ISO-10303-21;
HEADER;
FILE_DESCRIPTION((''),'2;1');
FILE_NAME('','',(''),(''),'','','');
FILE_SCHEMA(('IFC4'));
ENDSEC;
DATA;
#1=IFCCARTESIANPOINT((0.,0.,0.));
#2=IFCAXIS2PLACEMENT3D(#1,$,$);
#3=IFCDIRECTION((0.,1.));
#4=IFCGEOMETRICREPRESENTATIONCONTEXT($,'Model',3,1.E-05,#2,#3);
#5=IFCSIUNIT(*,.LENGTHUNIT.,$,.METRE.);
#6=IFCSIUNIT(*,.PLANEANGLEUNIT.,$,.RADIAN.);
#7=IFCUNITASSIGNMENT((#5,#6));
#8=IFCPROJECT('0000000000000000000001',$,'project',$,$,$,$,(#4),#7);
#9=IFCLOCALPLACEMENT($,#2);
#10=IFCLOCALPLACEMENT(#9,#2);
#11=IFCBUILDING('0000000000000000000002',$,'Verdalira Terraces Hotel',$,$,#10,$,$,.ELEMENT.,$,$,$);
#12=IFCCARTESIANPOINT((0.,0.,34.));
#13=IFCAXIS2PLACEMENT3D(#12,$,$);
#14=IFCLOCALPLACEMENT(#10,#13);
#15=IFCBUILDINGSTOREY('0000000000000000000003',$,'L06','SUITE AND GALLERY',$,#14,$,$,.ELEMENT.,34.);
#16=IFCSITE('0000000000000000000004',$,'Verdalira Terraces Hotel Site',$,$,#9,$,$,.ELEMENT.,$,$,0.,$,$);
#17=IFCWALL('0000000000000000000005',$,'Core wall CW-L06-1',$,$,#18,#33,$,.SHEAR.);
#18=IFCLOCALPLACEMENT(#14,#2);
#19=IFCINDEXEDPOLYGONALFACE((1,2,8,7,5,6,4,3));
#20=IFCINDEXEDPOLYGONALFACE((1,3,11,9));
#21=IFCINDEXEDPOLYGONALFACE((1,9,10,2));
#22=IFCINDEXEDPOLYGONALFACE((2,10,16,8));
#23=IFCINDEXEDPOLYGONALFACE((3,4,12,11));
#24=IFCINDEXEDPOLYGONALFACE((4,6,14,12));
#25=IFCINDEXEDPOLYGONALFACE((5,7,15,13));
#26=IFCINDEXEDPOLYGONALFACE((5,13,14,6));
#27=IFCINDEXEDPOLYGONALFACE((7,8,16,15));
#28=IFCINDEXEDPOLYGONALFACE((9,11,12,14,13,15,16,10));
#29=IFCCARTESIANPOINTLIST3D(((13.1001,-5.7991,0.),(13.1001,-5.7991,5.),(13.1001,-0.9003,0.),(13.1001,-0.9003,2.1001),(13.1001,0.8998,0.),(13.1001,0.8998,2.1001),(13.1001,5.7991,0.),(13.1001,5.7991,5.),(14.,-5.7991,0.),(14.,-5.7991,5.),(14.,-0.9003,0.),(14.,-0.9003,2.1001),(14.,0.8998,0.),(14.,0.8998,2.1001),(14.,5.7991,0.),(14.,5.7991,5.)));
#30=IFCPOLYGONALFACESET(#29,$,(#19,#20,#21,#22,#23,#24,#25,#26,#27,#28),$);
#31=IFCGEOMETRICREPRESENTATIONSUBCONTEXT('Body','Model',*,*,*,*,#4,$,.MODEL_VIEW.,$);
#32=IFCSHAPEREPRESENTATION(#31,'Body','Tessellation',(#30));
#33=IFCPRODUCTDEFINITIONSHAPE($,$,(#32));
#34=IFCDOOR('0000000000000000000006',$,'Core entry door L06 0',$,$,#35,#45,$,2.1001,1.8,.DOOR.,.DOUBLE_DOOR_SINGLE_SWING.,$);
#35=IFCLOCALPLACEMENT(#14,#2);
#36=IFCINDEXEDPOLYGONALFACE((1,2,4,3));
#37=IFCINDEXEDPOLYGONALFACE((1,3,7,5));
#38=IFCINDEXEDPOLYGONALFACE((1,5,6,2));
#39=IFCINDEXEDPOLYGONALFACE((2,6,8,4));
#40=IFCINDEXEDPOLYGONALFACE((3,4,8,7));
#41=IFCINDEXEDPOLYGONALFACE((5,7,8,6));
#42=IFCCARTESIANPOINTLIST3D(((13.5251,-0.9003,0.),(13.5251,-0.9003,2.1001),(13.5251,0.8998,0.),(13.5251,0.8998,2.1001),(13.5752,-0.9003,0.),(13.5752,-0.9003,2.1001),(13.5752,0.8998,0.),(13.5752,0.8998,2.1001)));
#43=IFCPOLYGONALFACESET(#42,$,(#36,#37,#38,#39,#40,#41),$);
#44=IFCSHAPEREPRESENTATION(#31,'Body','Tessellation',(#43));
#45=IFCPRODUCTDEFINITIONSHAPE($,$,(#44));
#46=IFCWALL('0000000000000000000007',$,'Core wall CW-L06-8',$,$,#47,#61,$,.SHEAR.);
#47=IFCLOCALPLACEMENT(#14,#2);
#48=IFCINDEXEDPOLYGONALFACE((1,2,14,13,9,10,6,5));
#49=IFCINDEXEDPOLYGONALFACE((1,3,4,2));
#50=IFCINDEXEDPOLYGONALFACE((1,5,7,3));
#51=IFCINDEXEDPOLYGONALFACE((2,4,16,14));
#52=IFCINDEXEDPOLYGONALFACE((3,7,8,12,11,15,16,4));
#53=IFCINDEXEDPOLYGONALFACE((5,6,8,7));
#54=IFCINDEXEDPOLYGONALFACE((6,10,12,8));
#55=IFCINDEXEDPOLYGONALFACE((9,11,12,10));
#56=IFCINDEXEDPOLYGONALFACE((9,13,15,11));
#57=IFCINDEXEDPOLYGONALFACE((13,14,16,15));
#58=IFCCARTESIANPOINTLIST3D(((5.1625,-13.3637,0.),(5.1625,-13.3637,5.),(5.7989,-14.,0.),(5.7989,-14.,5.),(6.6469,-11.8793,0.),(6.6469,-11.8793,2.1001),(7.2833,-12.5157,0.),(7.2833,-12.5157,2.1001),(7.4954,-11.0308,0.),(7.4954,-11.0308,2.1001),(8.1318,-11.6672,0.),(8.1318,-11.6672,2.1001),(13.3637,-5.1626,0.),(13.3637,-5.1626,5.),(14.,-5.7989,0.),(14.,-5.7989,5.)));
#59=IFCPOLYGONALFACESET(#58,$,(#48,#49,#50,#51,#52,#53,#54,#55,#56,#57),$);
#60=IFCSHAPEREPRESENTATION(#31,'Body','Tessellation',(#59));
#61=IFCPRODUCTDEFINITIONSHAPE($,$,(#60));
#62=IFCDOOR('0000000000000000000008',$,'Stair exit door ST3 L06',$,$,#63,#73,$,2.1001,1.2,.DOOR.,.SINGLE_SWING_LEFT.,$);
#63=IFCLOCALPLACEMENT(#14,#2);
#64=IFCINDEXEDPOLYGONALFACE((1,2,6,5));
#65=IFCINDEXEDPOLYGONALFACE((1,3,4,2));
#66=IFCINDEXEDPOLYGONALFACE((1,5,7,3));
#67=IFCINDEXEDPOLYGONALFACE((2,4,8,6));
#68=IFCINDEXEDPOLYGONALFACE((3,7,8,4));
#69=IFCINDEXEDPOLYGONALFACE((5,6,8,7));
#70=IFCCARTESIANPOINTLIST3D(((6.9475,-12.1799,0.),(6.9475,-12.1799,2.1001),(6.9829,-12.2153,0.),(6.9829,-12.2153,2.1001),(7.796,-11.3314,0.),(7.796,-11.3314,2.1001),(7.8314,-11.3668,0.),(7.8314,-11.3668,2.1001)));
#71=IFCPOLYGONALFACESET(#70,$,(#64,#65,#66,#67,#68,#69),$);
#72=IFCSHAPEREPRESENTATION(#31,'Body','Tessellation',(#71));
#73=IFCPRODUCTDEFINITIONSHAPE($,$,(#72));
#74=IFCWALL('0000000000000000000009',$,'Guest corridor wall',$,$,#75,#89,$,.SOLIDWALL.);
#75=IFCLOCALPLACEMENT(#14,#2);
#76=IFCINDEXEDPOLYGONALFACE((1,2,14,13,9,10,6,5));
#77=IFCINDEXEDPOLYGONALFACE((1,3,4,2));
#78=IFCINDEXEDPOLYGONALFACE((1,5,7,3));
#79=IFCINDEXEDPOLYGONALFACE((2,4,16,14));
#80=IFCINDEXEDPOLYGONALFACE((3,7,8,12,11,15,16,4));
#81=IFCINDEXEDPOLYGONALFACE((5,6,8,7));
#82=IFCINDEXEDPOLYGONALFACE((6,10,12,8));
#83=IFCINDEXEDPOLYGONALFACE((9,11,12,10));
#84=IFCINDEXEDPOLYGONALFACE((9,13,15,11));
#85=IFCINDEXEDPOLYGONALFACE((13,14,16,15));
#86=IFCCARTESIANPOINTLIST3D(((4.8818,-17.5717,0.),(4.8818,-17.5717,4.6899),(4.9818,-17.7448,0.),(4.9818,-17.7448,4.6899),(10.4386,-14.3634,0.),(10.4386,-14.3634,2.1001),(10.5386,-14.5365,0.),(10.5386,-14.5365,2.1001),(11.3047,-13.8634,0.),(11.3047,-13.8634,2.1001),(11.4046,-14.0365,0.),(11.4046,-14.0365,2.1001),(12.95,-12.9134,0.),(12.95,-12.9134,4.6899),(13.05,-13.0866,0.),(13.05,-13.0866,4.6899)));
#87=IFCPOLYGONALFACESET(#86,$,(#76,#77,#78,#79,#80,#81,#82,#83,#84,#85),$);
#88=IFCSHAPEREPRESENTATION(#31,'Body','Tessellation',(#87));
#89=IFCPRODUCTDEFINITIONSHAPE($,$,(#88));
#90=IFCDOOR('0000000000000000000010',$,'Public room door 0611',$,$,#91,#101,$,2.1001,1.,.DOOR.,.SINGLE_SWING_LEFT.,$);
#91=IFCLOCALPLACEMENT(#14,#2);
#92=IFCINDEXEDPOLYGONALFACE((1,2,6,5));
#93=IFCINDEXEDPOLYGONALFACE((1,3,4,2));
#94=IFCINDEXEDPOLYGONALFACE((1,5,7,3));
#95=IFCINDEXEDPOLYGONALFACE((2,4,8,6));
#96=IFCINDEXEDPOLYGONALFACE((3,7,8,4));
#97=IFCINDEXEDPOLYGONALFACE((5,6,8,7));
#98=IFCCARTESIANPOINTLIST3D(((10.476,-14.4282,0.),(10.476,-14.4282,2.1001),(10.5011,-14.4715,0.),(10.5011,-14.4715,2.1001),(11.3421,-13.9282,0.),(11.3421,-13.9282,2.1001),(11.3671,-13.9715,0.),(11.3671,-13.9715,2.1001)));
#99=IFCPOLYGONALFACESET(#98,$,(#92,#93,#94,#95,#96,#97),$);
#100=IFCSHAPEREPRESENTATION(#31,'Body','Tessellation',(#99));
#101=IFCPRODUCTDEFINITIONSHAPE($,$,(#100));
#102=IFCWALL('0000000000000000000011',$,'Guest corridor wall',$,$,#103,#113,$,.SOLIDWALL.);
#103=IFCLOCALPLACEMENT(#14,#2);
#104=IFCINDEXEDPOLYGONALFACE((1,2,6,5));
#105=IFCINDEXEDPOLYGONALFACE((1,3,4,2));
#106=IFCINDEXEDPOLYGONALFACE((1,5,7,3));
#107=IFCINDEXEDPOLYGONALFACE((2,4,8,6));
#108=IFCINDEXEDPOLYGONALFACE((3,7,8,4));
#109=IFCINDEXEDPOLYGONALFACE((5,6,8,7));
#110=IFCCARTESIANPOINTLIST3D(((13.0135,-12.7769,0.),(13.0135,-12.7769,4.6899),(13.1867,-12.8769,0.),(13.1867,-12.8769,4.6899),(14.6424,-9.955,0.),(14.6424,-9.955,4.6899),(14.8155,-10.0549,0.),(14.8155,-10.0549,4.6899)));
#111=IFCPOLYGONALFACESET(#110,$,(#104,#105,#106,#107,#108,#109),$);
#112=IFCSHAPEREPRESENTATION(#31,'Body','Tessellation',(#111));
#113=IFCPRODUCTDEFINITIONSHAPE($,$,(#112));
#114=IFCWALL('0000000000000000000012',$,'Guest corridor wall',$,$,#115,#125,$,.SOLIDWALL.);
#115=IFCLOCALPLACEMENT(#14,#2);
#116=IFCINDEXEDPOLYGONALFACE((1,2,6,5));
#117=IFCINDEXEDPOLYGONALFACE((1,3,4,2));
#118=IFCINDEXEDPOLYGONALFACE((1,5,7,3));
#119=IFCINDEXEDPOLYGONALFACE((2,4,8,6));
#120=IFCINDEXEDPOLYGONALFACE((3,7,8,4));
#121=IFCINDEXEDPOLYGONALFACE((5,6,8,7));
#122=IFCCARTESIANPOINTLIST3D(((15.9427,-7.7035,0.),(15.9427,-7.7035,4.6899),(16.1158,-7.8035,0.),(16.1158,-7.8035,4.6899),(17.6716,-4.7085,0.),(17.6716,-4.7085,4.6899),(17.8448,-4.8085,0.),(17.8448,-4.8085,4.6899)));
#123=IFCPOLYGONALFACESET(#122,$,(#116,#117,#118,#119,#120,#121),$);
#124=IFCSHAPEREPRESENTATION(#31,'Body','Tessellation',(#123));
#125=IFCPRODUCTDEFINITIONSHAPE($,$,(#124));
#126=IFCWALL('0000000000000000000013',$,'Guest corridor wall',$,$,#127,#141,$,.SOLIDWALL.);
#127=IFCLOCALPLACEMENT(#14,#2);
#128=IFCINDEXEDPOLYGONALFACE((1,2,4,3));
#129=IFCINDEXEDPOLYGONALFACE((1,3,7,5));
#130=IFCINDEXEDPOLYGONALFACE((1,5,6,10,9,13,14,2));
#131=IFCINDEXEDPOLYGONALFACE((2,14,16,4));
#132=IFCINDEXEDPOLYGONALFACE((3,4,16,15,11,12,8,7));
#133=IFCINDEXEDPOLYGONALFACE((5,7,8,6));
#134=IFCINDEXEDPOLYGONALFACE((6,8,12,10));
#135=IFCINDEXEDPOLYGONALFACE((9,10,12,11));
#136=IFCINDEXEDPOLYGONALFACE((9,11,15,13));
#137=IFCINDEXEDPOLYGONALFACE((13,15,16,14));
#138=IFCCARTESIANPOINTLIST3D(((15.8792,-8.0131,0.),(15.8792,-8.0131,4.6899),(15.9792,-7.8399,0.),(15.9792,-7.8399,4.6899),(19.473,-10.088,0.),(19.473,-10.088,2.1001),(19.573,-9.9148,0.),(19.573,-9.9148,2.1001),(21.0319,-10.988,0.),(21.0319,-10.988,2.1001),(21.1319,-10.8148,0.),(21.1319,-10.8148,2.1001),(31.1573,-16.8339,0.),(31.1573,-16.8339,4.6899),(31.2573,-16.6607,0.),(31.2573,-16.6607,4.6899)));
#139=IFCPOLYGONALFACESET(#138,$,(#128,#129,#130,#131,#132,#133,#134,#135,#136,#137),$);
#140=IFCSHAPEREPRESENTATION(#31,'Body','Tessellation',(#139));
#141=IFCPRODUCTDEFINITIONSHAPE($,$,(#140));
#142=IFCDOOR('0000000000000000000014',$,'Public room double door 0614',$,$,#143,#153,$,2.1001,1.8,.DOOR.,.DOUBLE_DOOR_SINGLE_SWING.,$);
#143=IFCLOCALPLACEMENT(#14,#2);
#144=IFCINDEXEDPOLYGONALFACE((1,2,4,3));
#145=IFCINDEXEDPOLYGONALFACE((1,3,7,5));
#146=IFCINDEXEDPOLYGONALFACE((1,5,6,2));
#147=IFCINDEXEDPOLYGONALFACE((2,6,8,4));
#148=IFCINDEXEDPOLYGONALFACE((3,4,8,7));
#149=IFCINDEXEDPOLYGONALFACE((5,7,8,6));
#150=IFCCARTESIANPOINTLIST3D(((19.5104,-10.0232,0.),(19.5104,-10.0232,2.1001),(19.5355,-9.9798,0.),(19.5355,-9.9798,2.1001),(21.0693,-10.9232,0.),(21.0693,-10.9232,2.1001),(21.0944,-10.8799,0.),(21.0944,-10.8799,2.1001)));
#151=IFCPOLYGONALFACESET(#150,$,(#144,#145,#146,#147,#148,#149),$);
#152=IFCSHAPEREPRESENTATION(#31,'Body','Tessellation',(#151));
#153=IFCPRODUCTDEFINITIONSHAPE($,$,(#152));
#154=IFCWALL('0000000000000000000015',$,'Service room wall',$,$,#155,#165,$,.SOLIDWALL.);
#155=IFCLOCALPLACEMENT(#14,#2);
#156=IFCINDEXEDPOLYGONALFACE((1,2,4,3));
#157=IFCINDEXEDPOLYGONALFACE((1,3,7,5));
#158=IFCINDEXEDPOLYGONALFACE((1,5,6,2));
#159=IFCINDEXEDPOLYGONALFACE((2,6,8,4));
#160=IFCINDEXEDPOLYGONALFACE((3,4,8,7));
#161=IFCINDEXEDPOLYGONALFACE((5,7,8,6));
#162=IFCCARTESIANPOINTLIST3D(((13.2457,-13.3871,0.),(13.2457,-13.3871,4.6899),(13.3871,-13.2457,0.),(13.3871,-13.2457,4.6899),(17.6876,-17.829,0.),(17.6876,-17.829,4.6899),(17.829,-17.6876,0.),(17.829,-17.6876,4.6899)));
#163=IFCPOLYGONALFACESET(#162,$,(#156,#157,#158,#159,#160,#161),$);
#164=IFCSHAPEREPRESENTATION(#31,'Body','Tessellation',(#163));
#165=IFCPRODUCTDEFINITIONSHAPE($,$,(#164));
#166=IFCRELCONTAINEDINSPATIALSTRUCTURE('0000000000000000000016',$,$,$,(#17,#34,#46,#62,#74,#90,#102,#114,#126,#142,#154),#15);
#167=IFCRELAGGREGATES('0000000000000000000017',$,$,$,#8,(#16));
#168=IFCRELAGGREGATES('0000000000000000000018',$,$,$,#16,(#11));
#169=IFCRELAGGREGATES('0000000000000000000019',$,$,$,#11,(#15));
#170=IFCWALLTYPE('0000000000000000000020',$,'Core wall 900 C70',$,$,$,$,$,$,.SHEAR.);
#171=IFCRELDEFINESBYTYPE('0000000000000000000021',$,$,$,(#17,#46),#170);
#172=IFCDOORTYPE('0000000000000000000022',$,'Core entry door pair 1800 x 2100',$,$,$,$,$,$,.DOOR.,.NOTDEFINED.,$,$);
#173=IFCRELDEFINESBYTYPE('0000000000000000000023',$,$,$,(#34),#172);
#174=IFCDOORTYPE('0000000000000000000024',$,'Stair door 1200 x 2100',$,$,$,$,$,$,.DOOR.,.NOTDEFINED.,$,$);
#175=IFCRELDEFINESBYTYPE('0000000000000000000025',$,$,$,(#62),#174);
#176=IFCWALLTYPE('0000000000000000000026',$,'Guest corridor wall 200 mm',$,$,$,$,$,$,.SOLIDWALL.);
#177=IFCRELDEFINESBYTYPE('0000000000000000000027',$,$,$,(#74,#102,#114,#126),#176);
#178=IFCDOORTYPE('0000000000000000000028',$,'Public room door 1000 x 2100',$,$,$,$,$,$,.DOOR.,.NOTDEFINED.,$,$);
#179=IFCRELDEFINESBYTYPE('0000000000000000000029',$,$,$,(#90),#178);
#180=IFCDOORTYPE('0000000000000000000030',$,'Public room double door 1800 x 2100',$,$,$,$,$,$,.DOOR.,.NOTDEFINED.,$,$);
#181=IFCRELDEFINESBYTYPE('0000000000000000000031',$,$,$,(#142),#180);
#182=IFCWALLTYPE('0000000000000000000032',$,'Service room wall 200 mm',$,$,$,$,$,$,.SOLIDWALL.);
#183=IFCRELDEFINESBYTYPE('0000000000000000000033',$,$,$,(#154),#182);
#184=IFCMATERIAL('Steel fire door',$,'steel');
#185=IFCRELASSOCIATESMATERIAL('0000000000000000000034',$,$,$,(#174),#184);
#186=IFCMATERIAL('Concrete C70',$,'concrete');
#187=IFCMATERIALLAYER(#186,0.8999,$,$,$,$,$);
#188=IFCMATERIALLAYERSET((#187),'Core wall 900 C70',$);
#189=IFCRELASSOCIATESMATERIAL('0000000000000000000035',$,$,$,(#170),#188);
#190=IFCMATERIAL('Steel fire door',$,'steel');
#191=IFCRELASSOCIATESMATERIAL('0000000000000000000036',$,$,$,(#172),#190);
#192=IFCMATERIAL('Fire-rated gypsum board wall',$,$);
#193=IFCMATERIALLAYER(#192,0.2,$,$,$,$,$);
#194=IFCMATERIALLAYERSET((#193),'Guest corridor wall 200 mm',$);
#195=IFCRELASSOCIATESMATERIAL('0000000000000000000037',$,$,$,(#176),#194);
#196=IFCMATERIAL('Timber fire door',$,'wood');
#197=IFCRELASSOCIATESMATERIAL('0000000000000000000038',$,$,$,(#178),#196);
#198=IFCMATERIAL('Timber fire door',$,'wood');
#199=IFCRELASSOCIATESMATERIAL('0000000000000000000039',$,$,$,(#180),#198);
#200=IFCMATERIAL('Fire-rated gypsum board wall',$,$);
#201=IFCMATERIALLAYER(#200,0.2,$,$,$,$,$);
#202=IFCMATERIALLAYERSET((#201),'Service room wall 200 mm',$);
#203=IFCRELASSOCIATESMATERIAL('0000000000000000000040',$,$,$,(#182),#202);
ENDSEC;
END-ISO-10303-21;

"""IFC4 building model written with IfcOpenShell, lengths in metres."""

from ifc_helpers import new_model, si_unit, direction, frame, frame_2d, origin, place, context, subcontext, project, spatial, rectangle, extrude, material, layer, layer_set, type_object, element, fill, save


model = new_model("IFC4")

# Units and contexts
model_context = context("Model", 3, precision=1e-05, world=origin(), true_north=direction((0.0, 1.0)))
body_context = subcontext(model_context, "Body", "Model", "MODEL_VIEW")
ifc_project = project(units=[si_unit("LENGTHUNIT", "METRE"), si_unit("PLANEANGLEUNIT", "RADIAN")], contexts=[model_context])

# Site, building, storey
site_placement = place(None, origin())
site = spatial("IfcSite", under=ifc_project, at=site_placement, Name="Verdalira Terraces Hotel Site", CompositionType="ELEMENT", RefElevation=0.0)
building_placement = place(site_placement, origin())
building = spatial("IfcBuilding", under=site, at=building_placement, Name="Verdalira Terraces Hotel", CompositionType="ELEMENT")
storey_placement = place(building_placement, frame((0.0, 0.0, 34.0)))
storey = spatial("IfcBuildingStorey", under=building, at=storey_placement, Name="L06", Description="SUITE AND GALLERY", CompositionType="ELEMENT", Elevation=34.0)

# Shared definitions
ifc_material_1 = material(Name="Steel fire door", Category="steel")
door_type_1 = type_object("IfcDoorType", Name="Stair door 1200 x 2100", OperationType="NOTDEFINED", PredefinedType="DOOR", material=ifc_material_1)

# Walls, openings, doors
ifc_material_2 = material(Name="Concrete C70", Category="concrete")
ifc_layer_1 = layer(ifc_material_2, 0.8999)
ifc_layer_set_1 = layer_set([ifc_layer_1], Name="Core wall 900 C70")
wall_type_1 = type_object("IfcWallType", Name="Core wall 900 C70", PredefinedType="SHEAR", material=ifc_layer_set_1)
wall_1_placement = place(storey_placement, frame((13.55, -5.7991, 0.0), z_axis=(0.0, 0.0, 1.0), x_axis=(0.0, 1.0, 0.0)))
wall_1 = element("IfcWall", 1, at=wall_1_placement, inside=storey, type_object=wall_type_1, Name="Core wall CW-L06-1", PredefinedType="SHEAR", context=body_context, shape_type="SweptSolid", body=[
    extrude(rectangle(XDim=11.5981, YDim=0.8999, at=frame_2d((5.7991, 0.0))), origin(), (0.0, 0.0, 1.0), 5.0),
])
opening_1_placement = place(wall_1_placement, frame((4.8989, 0.0, 0.0)))
opening_1 = element("IfcOpeningElement", 2, at=opening_1_placement, cuts=wall_1, PredefinedType="OPENING", context=body_context, shape_type="SweptSolid", body=[
    extrude(rectangle(XDim=1.8, YDim=2.1001, at=frame_2d((0.8999, 1.05))), frame((0.0, 0.46, 0.0), z_axis=(0.0, -1.0, 0.0), x_axis=(1.0, 0.0, 0.0)), (0.0, 0.0, 1.0), 0.9199),
])
ifc_material_3 = material(Name="Steel fire door", Category="steel")
door_type_2 = type_object("IfcDoorType", Name="Core entry door pair 1800 x 2100", OperationType="NOTDEFINED", PredefinedType="DOOR", material=ifc_material_3)
door_1_placement = place(opening_1_placement, origin())
door_1 = element("IfcDoor", 3, at=door_1_placement, inside=storey, type_object=door_type_2, Name="Core entry door L06 0", OperationType="DOUBLE_DOOR_SINGLE_SWING", OverallHeight=2.1001, OverallWidth=1.8, PredefinedType="DOOR", context=body_context, shape_type="SweptSolid", body=[
    extrude(rectangle(XDim=1.8, YDim=2.1001, at=frame_2d((0.8999, 1.05))), frame((0.0, 0.0249, 0.0), z_axis=(0.0, -1.0, 0.0), x_axis=(1.0, 0.0, 0.0)), (0.0, 0.0, 1.0), 0.05),
])
fill(opening_1, door_1)
wall_2_placement = place(storey_placement, frame((5.4807, -13.6819, 0.0), z_axis=(0.0, 0.0, 1.0), x_axis=(0.707107, 0.707107, 0.0)))
wall_2 = element("IfcWall", 4, at=wall_2_placement, inside=storey, type_object=wall_type_1, Name="Core wall CW-L06-8", PredefinedType="SHEAR", context=body_context, shape_type="SweptSolid", body=[
    extrude(rectangle(XDim=11.5981, YDim=0.8999, at=frame_2d((5.7991, 0.0))), origin(), (0.0, 0.0, 1.0), 5.0),
])
opening_2_placement = place(wall_2_placement, frame((2.0991, 0.0, 0.0)))
opening_2 = element("IfcOpeningElement", 5, at=opening_2_placement, cuts=wall_2, PredefinedType="OPENING", context=body_context, shape_type="SweptSolid", body=[
    extrude(rectangle(XDim=1.2, YDim=2.1001, at=frame_2d((0.6001, 1.05))), frame((0.0, 0.46, 0.0), z_axis=(0.0, -1.0, 0.0), x_axis=(1.0, 0.0, 0.0)), (0.0, 0.0, 1.0), 0.9199),
])
door_2_placement = place(opening_2_placement, origin())
door_2 = element("IfcDoor", 6, at=door_2_placement, inside=storey, type_object=door_type_1, Name="Stair exit door ST3 L06", OperationType="SINGLE_SWING_LEFT", OverallHeight=2.1001, OverallWidth=1.2, PredefinedType="DOOR", context=body_context, shape_type="SweptSolid", body=[
    extrude(rectangle(XDim=1.2, YDim=2.1001, at=frame_2d((0.6001, 1.05))), frame((0.0, 0.0249, 0.0), z_axis=(0.0, -1.0, 0.0), x_axis=(1.0, 0.0, 0.0)), (0.0, 0.0, 1.0), 0.05),
])
fill(opening_2, door_2)
ifc_material_4 = material(Name="Fire-rated gypsum board wall")
ifc_layer_2 = layer(ifc_material_4, 0.2)
ifc_layer_set_2 = layer_set([ifc_layer_2], Name="Guest corridor wall 200 mm")
wall_type_2 = type_object("IfcWallType", Name="Guest corridor wall 200 mm", PredefinedType="SOLIDWALL", material=ifc_layer_set_2)
wall_3_placement = place(storey_placement, frame((13.0, -13.0, 0.0), z_axis=(0.0, 0.0, 1.0), x_axis=(-0.866022, -0.500006, 0.0)))
wall_3 = element("IfcWall", 7, at=wall_3_placement, inside=storey, type_object=wall_type_2, Name="Guest corridor wall", PredefinedType="SOLIDWALL", context=body_context, shape_type="SweptSolid", body=[
    extrude(rectangle(XDim=9.3164, YDim=0.2, at=frame_2d((4.6582, 0.0))), origin(), (0.0, 0.0, 1.0), 4.6899),
])
opening_3_placement = place(wall_3_placement, frame((1.8999, 0.0, 0.0)))
opening_3 = element("IfcOpeningElement", 8, at=opening_3_placement, cuts=wall_3, PredefinedType="OPENING", context=body_context, shape_type="SweptSolid", body=[
    extrude(rectangle(XDim=1.0, YDim=2.1001, at=frame_2d((0.5, 1.05))), frame((0.0, 0.1099, 0.0), z_axis=(0.0, -1.0, 0.0), x_axis=(1.0, 0.0, 0.0)), (0.0, 0.0, 1.0), 0.22),
])
ifc_material_5 = material(Name="Timber fire door", Category="wood")
door_type_3 = type_object("IfcDoorType", Name="Public room door 1000 x 2100", OperationType="NOTDEFINED", PredefinedType="DOOR", material=ifc_material_5)
door_3_placement = place(opening_3_placement, origin())
door_3 = element("IfcDoor", 9, at=door_3_placement, inside=storey, type_object=door_type_3, Name="Public room door 0611", OperationType="SINGLE_SWING_LEFT", OverallHeight=2.1001, OverallWidth=1.0, PredefinedType="DOOR", context=body_context, shape_type="SweptSolid", body=[
    extrude(rectangle(XDim=1.0, YDim=2.1001, at=frame_2d((0.5, 1.05))), frame((0.0, 0.0249, 0.0), z_axis=(0.0, -1.0, 0.0), x_axis=(1.0, 0.0, 0.0)), (0.0, 0.0, 1.0), 0.05),
])
fill(opening_3, door_3)

# Walls
wall_4_placement = place(storey_placement, frame((13.1001, -12.8269, 0.0), z_axis=(0.0, 0.0, 1.0), x_axis=(0.499911, 0.866077, 0.0)))
element("IfcWall", 10, at=wall_4_placement, inside=storey, type_object=wall_type_2, Name="Guest corridor wall", PredefinedType="SOLIDWALL", context=body_context, shape_type="SweptSolid", body=[
    extrude(rectangle(XDim=3.2583, YDim=0.2, at=frame_2d((1.6292, 0.0))), origin(), (0.0, 0.0, 1.0), 4.6899),
])
wall_5_placement = place(storey_placement, frame((16.0293, -7.7534, 0.0), z_axis=(0.0, 0.0, 1.0), x_axis=(0.499951, 0.866054, 0.0)))
element("IfcWall", 11, at=wall_5_placement, inside=storey, type_object=wall_type_2, Name="Guest corridor wall", PredefinedType="SOLIDWALL", context=body_context, shape_type="SweptSolid", body=[
    extrude(rectangle(XDim=3.4583, YDim=0.2, at=frame_2d((1.729, 0.0))), origin(), (0.0, 0.0, 1.0), 4.6899),
])

# Wall, opening, door
wall_6_placement = place(storey_placement, frame((15.9292, -7.9265, 0.0), z_axis=(0.0, 0.0, 1.0), x_axis=(0.866025, -0.5, 0.0)))
wall_6 = element("IfcWall", 12, at=wall_6_placement, inside=storey, type_object=wall_type_2, Name="Guest corridor wall", PredefinedType="SOLIDWALL", context=body_context, shape_type="SweptSolid", body=[
    extrude(rectangle(XDim=17.6416, YDim=0.2, at=frame_2d((8.8208, 0.0))), origin(), (0.0, 0.0, 1.0), 4.6899),
])
opening_4_placement = place(wall_6_placement, frame((4.1499, 0.0, 0.0)))
opening_4 = element("IfcOpeningElement", 13, at=opening_4_placement, cuts=wall_6, PredefinedType="OPENING", context=body_context, shape_type="SweptSolid", body=[
    extrude(rectangle(XDim=1.8, YDim=2.1001, at=frame_2d((0.8999, 1.05))), frame((0.0, 0.1099, 0.0), z_axis=(0.0, -1.0, 0.0), x_axis=(1.0, 0.0, 0.0)), (0.0, 0.0, 1.0), 0.22),
])
ifc_material_6 = material(Name="Timber fire door", Category="wood")
door_type_4 = type_object("IfcDoorType", Name="Public room double door 1800 x 2100", OperationType="NOTDEFINED", PredefinedType="DOOR", material=ifc_material_6)
door_4_placement = place(opening_4_placement, origin())
door_4 = element("IfcDoor", 14, at=door_4_placement, inside=storey, type_object=door_type_4, Name="Public room double door 0614", OperationType="DOUBLE_DOOR_SINGLE_SWING", OverallHeight=2.1001, OverallWidth=1.8, PredefinedType="DOOR", context=body_context, shape_type="SweptSolid", body=[
    extrude(rectangle(XDim=1.8, YDim=2.1001, at=frame_2d((0.8999, 1.05))), frame((0.0, 0.0249, 0.0), z_axis=(0.0, -1.0, 0.0), x_axis=(1.0, 0.0, 0.0)), (0.0, 0.0, 1.0), 0.05),
])
fill(opening_4, door_4)

# Wall
ifc_material_7 = material(Name="Fire-rated gypsum board wall")
ifc_layer_3 = layer(ifc_material_7, 0.2)
ifc_layer_set_3 = layer_set([ifc_layer_3], Name="Service room wall 200 mm")
wall_type_3 = type_object("IfcWallType", Name="Service room wall 200 mm", PredefinedType="SOLIDWALL", material=ifc_layer_set_3)
wall_7_placement = place(storey_placement, frame((13.3164, -13.3164, 0.0), z_axis=(0.0, 0.0, 1.0), x_axis=(0.707107, -0.707107, 0.0)))
element("IfcWall", 15, at=wall_7_placement, inside=storey, type_object=wall_type_3, Name="Service room wall", PredefinedType="SOLIDWALL", context=body_context, shape_type="SweptSolid", body=[
    extrude(rectangle(XDim=6.2817, YDim=0.2, at=frame_2d((3.1409, 0.0))), origin(), (0.0, 0.0, 1.0), 4.6899),
])

save(model, "model.ifc")
